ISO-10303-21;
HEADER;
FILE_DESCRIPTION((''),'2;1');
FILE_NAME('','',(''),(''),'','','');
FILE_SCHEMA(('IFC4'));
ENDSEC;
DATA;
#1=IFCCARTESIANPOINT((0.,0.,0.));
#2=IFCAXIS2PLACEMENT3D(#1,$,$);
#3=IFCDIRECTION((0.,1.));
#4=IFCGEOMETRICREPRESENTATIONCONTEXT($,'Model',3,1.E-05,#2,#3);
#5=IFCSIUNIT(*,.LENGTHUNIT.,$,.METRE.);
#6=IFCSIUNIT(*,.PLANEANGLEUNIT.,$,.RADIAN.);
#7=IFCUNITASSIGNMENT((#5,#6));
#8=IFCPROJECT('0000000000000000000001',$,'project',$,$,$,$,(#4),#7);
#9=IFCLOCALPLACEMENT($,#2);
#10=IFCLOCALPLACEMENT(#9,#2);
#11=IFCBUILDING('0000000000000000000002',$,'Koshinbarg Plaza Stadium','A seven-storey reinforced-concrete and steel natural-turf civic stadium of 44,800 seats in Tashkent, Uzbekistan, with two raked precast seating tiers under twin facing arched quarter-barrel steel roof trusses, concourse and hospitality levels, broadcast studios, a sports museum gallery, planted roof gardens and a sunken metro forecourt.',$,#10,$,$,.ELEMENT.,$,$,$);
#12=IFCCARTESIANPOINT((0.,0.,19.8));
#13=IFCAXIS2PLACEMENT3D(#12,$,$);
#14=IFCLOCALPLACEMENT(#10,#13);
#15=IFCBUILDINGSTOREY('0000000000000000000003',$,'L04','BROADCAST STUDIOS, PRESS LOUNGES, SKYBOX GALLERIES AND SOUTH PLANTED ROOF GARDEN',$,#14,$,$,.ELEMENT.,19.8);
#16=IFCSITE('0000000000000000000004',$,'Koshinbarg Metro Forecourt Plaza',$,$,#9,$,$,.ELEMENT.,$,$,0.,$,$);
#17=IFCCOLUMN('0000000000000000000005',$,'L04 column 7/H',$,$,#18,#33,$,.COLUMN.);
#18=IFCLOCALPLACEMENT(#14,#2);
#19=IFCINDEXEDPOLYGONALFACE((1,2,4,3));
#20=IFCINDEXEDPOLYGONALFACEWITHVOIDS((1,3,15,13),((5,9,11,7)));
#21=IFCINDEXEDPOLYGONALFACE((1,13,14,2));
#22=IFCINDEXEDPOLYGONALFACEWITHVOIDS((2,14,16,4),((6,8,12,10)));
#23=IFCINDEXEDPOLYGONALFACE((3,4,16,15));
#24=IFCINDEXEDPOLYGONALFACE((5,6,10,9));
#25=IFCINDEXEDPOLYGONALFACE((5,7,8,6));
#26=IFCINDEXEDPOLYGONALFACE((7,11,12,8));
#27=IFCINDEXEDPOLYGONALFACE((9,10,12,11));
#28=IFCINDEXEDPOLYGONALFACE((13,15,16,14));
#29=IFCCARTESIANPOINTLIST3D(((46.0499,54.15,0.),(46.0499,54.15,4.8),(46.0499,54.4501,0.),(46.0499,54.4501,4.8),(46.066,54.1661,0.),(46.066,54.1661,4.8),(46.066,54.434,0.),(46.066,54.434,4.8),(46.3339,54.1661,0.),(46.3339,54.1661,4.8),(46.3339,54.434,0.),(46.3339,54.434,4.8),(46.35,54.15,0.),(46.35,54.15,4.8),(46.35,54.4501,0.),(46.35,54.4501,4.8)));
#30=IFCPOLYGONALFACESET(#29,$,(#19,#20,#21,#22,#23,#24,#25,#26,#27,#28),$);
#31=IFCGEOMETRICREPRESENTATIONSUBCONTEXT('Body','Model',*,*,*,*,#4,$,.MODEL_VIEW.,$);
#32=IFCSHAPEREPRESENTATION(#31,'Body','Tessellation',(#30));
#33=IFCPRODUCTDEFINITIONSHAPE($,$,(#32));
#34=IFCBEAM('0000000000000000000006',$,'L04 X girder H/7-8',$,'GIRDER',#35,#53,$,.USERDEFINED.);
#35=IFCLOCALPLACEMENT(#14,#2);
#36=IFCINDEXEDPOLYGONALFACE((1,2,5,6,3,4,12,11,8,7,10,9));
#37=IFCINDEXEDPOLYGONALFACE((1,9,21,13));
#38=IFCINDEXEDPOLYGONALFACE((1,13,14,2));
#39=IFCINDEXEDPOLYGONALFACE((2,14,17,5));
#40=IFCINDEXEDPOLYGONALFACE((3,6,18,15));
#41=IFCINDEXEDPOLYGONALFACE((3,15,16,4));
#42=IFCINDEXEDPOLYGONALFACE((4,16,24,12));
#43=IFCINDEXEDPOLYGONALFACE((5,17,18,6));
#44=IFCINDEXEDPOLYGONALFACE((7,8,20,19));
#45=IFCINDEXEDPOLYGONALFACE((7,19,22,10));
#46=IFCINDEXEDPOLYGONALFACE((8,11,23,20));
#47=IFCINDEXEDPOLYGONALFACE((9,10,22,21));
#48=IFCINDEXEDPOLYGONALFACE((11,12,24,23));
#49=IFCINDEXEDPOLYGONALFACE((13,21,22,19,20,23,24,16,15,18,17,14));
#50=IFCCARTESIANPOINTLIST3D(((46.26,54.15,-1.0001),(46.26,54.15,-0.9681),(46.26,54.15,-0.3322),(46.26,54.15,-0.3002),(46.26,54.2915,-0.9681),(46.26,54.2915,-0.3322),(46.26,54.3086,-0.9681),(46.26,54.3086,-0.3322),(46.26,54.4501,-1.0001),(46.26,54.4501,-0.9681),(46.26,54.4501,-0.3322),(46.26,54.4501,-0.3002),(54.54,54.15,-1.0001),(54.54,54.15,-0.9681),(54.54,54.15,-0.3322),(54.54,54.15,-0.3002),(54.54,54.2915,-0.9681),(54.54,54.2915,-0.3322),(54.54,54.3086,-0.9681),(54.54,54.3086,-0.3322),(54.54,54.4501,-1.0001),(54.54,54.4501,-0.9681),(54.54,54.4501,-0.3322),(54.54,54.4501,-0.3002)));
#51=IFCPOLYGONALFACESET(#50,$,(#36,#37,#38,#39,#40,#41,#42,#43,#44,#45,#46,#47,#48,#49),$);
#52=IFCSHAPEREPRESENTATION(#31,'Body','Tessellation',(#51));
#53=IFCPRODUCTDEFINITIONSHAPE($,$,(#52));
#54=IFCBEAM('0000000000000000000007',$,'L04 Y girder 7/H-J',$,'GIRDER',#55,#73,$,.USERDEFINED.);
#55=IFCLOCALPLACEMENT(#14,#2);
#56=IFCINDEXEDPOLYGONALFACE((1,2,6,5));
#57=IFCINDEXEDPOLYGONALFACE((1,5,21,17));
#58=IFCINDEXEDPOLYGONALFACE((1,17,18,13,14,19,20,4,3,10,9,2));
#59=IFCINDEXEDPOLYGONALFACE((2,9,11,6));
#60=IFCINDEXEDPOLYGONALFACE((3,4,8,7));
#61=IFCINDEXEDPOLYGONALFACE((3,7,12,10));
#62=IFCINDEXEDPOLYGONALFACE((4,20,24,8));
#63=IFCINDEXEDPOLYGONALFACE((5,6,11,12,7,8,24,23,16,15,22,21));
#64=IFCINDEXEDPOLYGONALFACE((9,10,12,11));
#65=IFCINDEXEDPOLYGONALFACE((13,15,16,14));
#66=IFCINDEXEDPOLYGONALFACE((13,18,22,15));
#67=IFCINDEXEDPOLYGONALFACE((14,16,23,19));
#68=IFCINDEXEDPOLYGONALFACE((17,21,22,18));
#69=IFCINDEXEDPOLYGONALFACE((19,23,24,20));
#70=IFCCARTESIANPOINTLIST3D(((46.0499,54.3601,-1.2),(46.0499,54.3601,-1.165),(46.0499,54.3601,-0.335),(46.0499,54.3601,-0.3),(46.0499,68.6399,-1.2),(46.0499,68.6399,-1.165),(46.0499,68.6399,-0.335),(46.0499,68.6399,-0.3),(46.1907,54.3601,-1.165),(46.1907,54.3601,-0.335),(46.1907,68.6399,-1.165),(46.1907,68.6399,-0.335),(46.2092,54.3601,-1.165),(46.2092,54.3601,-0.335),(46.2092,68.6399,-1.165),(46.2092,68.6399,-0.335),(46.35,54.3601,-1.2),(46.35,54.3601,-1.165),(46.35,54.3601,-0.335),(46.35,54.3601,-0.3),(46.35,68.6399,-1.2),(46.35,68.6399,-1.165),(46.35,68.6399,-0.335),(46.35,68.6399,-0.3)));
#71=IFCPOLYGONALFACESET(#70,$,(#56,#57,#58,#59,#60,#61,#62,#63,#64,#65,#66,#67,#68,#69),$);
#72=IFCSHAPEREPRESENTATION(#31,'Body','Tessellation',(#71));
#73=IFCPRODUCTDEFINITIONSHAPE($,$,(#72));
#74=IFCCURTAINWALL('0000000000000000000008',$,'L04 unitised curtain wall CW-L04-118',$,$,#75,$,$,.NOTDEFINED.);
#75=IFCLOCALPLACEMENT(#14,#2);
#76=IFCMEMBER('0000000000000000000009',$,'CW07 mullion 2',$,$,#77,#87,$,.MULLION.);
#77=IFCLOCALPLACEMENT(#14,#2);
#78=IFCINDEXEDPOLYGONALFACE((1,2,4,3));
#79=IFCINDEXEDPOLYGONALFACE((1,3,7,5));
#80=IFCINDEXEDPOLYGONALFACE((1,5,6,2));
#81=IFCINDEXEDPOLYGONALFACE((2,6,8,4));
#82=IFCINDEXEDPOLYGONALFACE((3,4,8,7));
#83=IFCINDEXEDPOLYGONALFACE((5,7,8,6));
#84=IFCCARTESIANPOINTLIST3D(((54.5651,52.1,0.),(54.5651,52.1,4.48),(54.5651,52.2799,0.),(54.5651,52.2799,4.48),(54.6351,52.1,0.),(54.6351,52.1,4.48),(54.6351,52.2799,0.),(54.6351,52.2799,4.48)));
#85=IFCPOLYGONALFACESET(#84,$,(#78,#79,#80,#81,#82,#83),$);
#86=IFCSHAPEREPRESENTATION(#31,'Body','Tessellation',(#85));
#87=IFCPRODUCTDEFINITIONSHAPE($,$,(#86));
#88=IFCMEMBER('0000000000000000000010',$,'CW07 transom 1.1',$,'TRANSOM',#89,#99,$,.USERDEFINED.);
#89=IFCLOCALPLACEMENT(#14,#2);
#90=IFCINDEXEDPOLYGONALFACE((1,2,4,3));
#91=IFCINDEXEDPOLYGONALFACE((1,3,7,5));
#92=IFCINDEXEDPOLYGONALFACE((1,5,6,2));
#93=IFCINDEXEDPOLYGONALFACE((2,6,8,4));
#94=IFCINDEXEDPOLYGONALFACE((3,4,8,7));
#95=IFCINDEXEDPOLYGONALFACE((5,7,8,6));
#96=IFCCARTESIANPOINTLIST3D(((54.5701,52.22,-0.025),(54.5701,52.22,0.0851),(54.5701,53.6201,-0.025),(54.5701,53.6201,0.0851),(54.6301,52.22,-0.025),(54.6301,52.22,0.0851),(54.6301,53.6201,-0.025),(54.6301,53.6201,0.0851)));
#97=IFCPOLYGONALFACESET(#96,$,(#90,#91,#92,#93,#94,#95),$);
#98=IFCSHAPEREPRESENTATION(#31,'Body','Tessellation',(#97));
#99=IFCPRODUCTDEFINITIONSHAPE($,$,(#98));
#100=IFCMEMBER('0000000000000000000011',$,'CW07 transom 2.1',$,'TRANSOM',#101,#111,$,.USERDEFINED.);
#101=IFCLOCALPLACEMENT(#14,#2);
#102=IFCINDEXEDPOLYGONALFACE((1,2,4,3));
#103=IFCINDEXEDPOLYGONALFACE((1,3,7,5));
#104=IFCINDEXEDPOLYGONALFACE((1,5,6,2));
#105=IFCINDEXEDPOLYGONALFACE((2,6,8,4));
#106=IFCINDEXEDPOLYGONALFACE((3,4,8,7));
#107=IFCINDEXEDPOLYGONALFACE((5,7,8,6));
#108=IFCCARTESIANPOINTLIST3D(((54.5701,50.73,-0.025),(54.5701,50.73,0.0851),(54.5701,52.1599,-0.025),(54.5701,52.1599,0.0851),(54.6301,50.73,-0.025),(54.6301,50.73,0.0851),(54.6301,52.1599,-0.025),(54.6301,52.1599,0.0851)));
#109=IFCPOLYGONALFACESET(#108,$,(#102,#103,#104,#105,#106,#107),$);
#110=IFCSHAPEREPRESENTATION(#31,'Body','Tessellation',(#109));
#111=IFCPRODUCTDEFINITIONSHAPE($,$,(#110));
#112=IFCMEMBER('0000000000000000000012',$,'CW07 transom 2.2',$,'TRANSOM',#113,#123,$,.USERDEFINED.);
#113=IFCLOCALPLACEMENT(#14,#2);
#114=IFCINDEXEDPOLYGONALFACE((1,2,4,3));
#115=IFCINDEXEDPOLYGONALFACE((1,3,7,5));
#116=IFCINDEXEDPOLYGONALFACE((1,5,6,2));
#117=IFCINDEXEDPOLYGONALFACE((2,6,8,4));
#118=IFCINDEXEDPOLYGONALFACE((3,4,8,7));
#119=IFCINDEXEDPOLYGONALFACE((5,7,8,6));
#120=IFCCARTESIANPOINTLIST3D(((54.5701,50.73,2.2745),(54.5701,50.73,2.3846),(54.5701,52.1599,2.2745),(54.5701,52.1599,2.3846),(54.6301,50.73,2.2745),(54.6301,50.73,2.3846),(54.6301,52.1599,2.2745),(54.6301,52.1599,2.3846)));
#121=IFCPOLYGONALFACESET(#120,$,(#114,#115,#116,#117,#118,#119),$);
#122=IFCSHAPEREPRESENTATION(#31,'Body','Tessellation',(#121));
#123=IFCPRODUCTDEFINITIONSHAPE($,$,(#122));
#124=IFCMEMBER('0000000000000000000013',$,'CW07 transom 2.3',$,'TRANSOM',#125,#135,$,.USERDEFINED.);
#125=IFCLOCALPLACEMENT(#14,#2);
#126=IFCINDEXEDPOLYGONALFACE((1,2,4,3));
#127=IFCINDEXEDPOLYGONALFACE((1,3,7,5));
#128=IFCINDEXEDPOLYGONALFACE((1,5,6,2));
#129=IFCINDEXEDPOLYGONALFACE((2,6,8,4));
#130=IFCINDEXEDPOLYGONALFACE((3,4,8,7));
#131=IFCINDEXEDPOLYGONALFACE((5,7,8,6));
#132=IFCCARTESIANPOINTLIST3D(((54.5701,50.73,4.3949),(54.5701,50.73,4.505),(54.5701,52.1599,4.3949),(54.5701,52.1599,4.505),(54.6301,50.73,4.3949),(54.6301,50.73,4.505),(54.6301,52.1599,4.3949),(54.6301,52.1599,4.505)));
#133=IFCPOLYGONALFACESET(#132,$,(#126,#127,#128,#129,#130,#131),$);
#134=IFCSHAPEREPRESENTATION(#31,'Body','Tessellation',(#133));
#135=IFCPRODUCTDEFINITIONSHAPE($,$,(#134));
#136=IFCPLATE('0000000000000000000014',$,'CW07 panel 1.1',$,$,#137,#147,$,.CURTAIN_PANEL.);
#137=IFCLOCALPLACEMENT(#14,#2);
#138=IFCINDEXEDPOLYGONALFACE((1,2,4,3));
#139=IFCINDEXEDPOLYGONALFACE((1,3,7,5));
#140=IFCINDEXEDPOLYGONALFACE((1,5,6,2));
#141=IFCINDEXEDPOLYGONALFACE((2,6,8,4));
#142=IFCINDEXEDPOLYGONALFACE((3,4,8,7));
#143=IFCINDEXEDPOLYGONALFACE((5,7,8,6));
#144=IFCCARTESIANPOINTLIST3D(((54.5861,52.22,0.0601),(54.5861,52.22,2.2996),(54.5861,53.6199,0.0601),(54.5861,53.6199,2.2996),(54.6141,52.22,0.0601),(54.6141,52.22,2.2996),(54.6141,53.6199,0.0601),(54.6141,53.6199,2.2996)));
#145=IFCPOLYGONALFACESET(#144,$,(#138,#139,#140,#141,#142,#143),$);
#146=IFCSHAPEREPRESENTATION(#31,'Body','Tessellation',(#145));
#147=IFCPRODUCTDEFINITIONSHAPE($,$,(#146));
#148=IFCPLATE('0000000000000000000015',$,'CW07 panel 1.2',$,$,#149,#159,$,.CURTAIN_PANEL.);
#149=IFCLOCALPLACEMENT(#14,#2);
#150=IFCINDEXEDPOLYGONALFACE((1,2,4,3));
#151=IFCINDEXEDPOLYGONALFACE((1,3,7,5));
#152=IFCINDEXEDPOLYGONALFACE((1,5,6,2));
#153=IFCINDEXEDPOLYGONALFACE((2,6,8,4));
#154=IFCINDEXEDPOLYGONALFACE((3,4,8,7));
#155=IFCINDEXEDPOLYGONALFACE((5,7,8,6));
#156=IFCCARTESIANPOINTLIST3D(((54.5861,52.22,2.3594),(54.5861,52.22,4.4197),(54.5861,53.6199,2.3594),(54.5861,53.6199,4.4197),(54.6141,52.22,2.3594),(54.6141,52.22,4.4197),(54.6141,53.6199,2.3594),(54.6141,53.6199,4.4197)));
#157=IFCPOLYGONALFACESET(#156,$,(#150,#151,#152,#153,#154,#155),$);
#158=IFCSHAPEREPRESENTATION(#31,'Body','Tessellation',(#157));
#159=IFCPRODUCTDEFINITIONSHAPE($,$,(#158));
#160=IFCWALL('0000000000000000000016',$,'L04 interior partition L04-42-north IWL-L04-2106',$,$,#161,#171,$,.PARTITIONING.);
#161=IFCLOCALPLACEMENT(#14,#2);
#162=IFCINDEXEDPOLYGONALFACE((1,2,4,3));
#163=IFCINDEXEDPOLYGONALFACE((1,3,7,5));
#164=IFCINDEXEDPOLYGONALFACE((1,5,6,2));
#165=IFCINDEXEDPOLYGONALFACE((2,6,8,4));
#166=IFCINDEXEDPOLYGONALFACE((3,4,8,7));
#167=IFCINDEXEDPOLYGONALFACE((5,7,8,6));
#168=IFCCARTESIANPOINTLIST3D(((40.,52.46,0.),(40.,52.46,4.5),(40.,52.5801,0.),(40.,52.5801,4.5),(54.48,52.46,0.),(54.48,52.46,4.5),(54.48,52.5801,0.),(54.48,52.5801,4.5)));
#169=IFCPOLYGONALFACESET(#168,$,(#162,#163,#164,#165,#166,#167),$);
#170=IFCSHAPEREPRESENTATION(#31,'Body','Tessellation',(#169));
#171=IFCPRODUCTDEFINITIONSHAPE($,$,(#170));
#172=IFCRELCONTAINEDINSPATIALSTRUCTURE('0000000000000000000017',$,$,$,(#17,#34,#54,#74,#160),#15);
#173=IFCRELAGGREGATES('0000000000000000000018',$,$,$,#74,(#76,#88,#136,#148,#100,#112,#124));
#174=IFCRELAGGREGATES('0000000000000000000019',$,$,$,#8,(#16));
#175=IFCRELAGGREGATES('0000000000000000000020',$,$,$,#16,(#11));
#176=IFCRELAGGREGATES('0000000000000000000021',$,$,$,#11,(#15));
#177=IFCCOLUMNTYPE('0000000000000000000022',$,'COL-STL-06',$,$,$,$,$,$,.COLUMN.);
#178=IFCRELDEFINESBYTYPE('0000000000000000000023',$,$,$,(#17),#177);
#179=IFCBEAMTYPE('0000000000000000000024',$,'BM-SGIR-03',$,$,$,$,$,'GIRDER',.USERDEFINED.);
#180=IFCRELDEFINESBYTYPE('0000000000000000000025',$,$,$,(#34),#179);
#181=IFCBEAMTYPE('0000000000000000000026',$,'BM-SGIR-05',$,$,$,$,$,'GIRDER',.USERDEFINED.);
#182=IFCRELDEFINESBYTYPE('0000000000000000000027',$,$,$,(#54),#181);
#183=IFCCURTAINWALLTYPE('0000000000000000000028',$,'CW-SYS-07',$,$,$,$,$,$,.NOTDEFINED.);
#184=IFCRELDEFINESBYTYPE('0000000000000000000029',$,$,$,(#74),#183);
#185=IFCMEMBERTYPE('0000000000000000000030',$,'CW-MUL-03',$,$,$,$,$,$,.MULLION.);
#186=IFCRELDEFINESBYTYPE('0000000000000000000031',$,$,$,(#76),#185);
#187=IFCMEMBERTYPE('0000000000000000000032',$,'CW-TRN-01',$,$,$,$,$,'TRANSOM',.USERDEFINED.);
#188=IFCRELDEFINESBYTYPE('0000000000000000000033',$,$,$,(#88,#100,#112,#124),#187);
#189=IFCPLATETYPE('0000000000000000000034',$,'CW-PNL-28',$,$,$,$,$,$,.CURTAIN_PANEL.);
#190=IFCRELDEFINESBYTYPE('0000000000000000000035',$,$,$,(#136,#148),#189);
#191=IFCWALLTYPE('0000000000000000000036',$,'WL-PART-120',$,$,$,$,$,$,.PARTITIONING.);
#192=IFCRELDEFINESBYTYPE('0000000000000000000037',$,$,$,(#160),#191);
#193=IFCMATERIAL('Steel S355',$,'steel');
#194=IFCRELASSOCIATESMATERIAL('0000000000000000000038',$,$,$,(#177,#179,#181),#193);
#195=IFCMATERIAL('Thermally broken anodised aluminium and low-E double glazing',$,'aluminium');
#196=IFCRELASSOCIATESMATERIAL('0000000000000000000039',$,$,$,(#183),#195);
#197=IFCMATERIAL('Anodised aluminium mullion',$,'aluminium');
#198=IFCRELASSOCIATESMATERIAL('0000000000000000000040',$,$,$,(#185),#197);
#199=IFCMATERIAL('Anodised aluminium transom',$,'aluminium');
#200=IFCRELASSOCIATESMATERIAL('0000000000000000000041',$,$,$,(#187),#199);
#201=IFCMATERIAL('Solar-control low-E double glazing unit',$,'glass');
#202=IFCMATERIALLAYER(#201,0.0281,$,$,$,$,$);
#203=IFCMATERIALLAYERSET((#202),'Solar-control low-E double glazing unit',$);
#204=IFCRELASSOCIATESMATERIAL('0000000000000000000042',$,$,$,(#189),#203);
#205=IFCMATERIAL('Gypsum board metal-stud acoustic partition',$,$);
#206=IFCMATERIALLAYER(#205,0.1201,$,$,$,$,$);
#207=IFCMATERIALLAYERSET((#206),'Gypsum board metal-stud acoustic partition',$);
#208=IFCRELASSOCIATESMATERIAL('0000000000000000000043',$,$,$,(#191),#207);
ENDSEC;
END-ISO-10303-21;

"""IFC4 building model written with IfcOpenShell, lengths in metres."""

from ifc_helpers import new_model, si_unit, direction, frame, frame_2d, origin, origin_2d, place, context, subcontext, project, spatial, rectangle, hollow_rectangle, i_section, extrude, material, layer, layer_set, material_profile, profile_set, type_object, element, aggregate, save


model = new_model("IFC4")

# Units and contexts
model_context = context("Model", 3, precision=1e-05, world=origin(), true_north=direction((0.0, 1.0)))
body_context = subcontext(model_context, "Body", "Model", "MODEL_VIEW")
ifc_project = project(units=[si_unit("LENGTHUNIT", "METRE"), si_unit("PLANEANGLEUNIT", "RADIAN")], contexts=[model_context])

# Site, building, storey
site_placement = place(None, origin())
site = spatial("IfcSite", under=ifc_project, at=site_placement, Name="Koshinbarg Metro Forecourt Plaza", CompositionType="ELEMENT", RefElevation=0.0)
building_placement = place(site_placement, origin())
building = spatial("IfcBuilding", under=site, at=building_placement, Name="Koshinbarg Plaza Stadium", Description="A seven-storey reinforced-concrete and steel natural-turf civic stadium of 44,800 seats in Tashkent, Uzbekistan, with two raked precast seating tiers under twin facing arched quarter-barrel steel roof trusses, concourse and hospitality levels, broadcast studios, a sports museum gallery, planted roof gardens and a sunken metro forecourt.", CompositionType="ELEMENT")
storey_placement = place(building_placement, frame((0.0, 0.0, 19.8)))
storey = spatial("IfcBuildingStorey", under=building, at=storey_placement, Name="L04", Description="BROADCAST STUDIOS, PRESS LOUNGES, SKYBOX GALLERIES AND SOUTH PLANTED ROOF GARDEN", CompositionType="ELEMENT", Elevation=19.8)

# Column
ifc_material_1 = material(Name="Steel S355", Category="steel")
ifc_material_profile_1 = material_profile(ifc_material_1, hollow_rectangle(XDim=0.3, YDim=0.3, WallThickness=0.0161, at=origin_2d()), Name="SHS 300x300x16")
ifc_profile_set_1 = profile_set([ifc_material_profile_1], Name="Steel S355")
column_type = type_object("IfcColumnType", Name="COL-STL-06", PredefinedType="COLUMN", material=ifc_profile_set_1)
column_placement = place(storey_placement, frame((46.2, 54.3, 0.0), z_axis=(0.0, 0.0, 1.0), x_axis=(1.0, 0.0, 0.0)))
element("IfcColumn", 1, at=column_placement, inside=storey, type_object=column_type, Name="L04 column 7/H", PredefinedType="COLUMN", context=body_context, shape_type="SweptSolid", body=[
    extrude(hollow_rectangle(XDim=0.3, YDim=0.3, WallThickness=0.0161, at=origin_2d()), origin(), (0.0, 0.0, 1.0), 4.8),
])

# Beams
ifc_material_profile_2 = material_profile(ifc_material_1, i_section(OverallWidth=0.3, OverallDepth=0.7, WebThickness=0.0171, FlangeThickness=0.032, at=origin_2d()), Name="HEB 700")
ifc_profile_set_2 = profile_set([ifc_material_profile_2], Name="Steel S355")
beam_type_1 = type_object("IfcBeamType", Name="BM-SGIR-03", ElementType="GIRDER", PredefinedType="USERDEFINED", material=ifc_profile_set_2)
beam_1_placement = place(storey_placement, frame((46.26, 54.3, -0.6501), z_axis=(1.0, 0.0, 0.0), x_axis=(0.0, 1.0, 0.0)))
element("IfcBeam", 2, at=beam_1_placement, inside=storey, type_object=beam_type_1, Name="L04 X girder H/7-8", ObjectType="GIRDER", PredefinedType="USERDEFINED", context=body_context, shape_type="SweptSolid", body=[
    extrude(i_section(OverallWidth=0.3, OverallDepth=0.7, WebThickness=0.0171, FlangeThickness=0.032, at=origin_2d()), origin(), (0.0, 0.0, 1.0), 8.28),
])
ifc_material_profile_3 = material_profile(ifc_material_1, i_section(OverallWidth=0.3, OverallDepth=0.8999, WebThickness=0.0186, FlangeThickness=0.0349, at=origin_2d()), Name="HEB 900")
ifc_profile_set_3 = profile_set([ifc_material_profile_3], Name="Steel S355")
beam_type_2 = type_object("IfcBeamType", Name="BM-SGIR-05", ElementType="GIRDER", PredefinedType="USERDEFINED", material=ifc_profile_set_3)
beam_2_placement = place(storey_placement, frame((46.2, 54.3601, -0.75), z_axis=(0.0, 1.0, 0.0), x_axis=(-1.0, 0.0, 0.0)))
element("IfcBeam", 3, at=beam_2_placement, inside=storey, type_object=beam_type_2, Name="L04 Y girder 7/H-J", ObjectType="GIRDER", PredefinedType="USERDEFINED", context=body_context, shape_type="SweptSolid", body=[
    extrude(i_section(OverallWidth=0.3, OverallDepth=0.8999, WebThickness=0.0186, FlangeThickness=0.0349, at=origin_2d()), origin(), (0.0, 0.0, 1.0), 14.2798),
])

# Curtain wall, members, plates
ifc_material_2 = material(Name="Thermally broken anodised aluminium and low-E double glazing", Category="aluminium")
curtain_wall_type = type_object("IfcCurtainWallType", Name="CW-SYS-07", PredefinedType="NOTDEFINED", material=ifc_material_2)
curtain_wall_placement = place(storey_placement, origin())
curtain_wall = element("IfcCurtainWall", 4, at=curtain_wall_placement, inside=storey, type_object=curtain_wall_type, Name="L04 unitised curtain wall CW-L04-118", PredefinedType="NOTDEFINED")
ifc_material_3 = material(Name="Anodised aluminium mullion", Category="aluminium")
ifc_material_profile_4 = material_profile(ifc_material_3, rectangle(XDim=0.0701, YDim=0.1799, at=origin_2d()), Name="ALU 70x180")
ifc_profile_set_4 = profile_set([ifc_material_profile_4], Name="Anodised aluminium mullion")
member_type_1 = type_object("IfcMemberType", Name="CW-MUL-03", PredefinedType="MULLION", material=ifc_profile_set_4)
member_1_placement = place(storey_placement, frame((54.6001, 52.1899, 0.0), z_axis=(0.0, 0.0, 1.0), x_axis=(1.0, 0.0, 0.0)))
member_1 = element("IfcMember", 5, at=member_1_placement, type_object=member_type_1, Name="CW07 mullion 2", PredefinedType="MULLION", context=body_context, shape_type="SweptSolid", body=[
    extrude(rectangle(XDim=0.0701, YDim=0.1799, at=origin_2d()), origin(), (0.0, 0.0, 1.0), 4.48),
])
ifc_material_4 = material(Name="Anodised aluminium transom", Category="aluminium")
ifc_material_profile_5 = material_profile(ifc_material_4, rectangle(XDim=0.0601, YDim=0.1101, at=origin_2d()), Name="ALU 60x110")
ifc_profile_set_5 = profile_set([ifc_material_profile_5], Name="Anodised aluminium transom")
member_type_2 = type_object("IfcMemberType", Name="CW-TRN-01", ElementType="TRANSOM", PredefinedType="USERDEFINED", material=ifc_profile_set_5)
member_2_placement = place(storey_placement, frame((54.6001, 53.6201, 0.03), z_axis=(0.0, -1.0, 0.0), x_axis=(1.0, 0.0, 0.0)))
member_2 = element("IfcMember", 6, at=member_2_placement, type_object=member_type_2, Name="CW07 transom 1.1", ObjectType="TRANSOM", PredefinedType="USERDEFINED", context=body_context, shape_type="SweptSolid", body=[
    extrude(rectangle(XDim=0.0601, YDim=0.1101, at=origin_2d()), origin(), (0.0, 0.0, 1.0), 1.4001),
])
member_3_placement = place(storey_placement, frame((54.6001, 52.1599, 0.03), z_axis=(0.0, -1.0, 0.0), x_axis=(1.0, 0.0, 0.0)))
member_3 = element("IfcMember", 7, at=member_3_placement, type_object=member_type_2, Name="CW07 transom 2.1", ObjectType="TRANSOM", PredefinedType="USERDEFINED", context=body_context, shape_type="SweptSolid", body=[
    extrude(rectangle(XDim=0.0601, YDim=0.1101, at=origin_2d()), origin(), (0.0, 0.0, 1.0), 1.4299),
])
member_4_placement = place(storey_placement, frame((54.6001, 52.1599, 2.3296), z_axis=(0.0, -1.0, 0.0), x_axis=(1.0, 0.0, 0.0)))
member_4 = element("IfcMember", 8, at=member_4_placement, type_object=member_type_2, Name="CW07 transom 2.2", ObjectType="TRANSOM", PredefinedType="USERDEFINED", context=body_context, shape_type="SweptSolid", body=[
    extrude(rectangle(XDim=0.0601, YDim=0.1101, at=origin_2d()), origin(), (0.0, 0.0, 1.0), 1.4299),
])
member_5_placement = place(storey_placement, frame((54.6001, 52.1599, 4.45), z_axis=(0.0, -1.0, 0.0), x_axis=(1.0, 0.0, 0.0)))
member_5 = element("IfcMember", 9, at=member_5_placement, type_object=member_type_2, Name="CW07 transom 2.3", ObjectType="TRANSOM", PredefinedType="USERDEFINED", context=body_context, shape_type="SweptSolid", body=[
    extrude(rectangle(XDim=0.0601, YDim=0.1101, at=origin_2d()), origin(), (0.0, 0.0, 1.0), 1.4299),
])
ifc_material_5 = material(Name="Solar-control low-E double glazing unit", Category="glass")
ifc_layer_1 = layer(ifc_material_5, 0.0281)
ifc_layer_set_1 = layer_set([ifc_layer_1], Name="Solar-control low-E double glazing unit")
plate_type = type_object("IfcPlateType", Name="CW-PNL-28", PredefinedType="CURTAIN_PANEL", material=ifc_layer_set_1)
plate_1_placement = place(storey_placement, frame((54.6001, 52.9199, 0.0601), z_axis=(0.0, 0.0, 1.0), x_axis=(0.0, -1.0, 0.0)))
plate_1 = element("IfcPlate", 10, at=plate_1_placement, type_object=plate_type, Name="CW07 panel 1.1", PredefinedType="CURTAIN_PANEL", context=body_context, shape_type="SweptSolid", body=[
    extrude(rectangle(XDim=1.3999, YDim=0.0281, at=origin_2d()), origin(), (0.0, 0.0, 1.0), 2.2395),
])
plate_2_placement = place(storey_placement, frame((54.6001, 52.9199, 2.3594), z_axis=(0.0, 0.0, 1.0), x_axis=(0.0, -1.0, 0.0)))
plate_2 = element("IfcPlate", 11, at=plate_2_placement, type_object=plate_type, Name="CW07 panel 1.2", PredefinedType="CURTAIN_PANEL", context=body_context, shape_type="SweptSolid", body=[
    extrude(rectangle(XDim=1.3999, YDim=0.0281, at=origin_2d()), origin(), (0.0, 0.0, 1.0), 2.0603),
])
aggregate(curtain_wall, [member_1, member_2, plate_1, plate_2, member_3, member_4, member_5])

# Wall
ifc_material_6 = material(Name="Gypsum board metal-stud acoustic partition")
ifc_layer_2 = layer(ifc_material_6, 0.1201)
ifc_layer_set_2 = layer_set([ifc_layer_2], Name="Gypsum board metal-stud acoustic partition")
wall_type_1 = type_object("IfcWallType", Name="WL-PART-120", PredefinedType="PARTITIONING", material=ifc_layer_set_2)
wall_1_placement = place(storey_placement, frame((54.48, 52.52, 0.0), z_axis=(0.0, 0.0, 1.0), x_axis=(-1.0, 0.0, 0.0)))
element("IfcWall", 12, at=wall_1_placement, inside=storey, type_object=wall_type_1, Name="L04 interior partition L04-42-north IWL-L04-2106", PredefinedType="PARTITIONING", context=body_context, shape_type="SweptSolid", body=[
    extrude(rectangle(XDim=14.48, YDim=0.1201, at=frame_2d((7.24, 0.0))), origin(), (0.0, 0.0, 1.0), 4.5),
])

save(model, "model.ifc")
